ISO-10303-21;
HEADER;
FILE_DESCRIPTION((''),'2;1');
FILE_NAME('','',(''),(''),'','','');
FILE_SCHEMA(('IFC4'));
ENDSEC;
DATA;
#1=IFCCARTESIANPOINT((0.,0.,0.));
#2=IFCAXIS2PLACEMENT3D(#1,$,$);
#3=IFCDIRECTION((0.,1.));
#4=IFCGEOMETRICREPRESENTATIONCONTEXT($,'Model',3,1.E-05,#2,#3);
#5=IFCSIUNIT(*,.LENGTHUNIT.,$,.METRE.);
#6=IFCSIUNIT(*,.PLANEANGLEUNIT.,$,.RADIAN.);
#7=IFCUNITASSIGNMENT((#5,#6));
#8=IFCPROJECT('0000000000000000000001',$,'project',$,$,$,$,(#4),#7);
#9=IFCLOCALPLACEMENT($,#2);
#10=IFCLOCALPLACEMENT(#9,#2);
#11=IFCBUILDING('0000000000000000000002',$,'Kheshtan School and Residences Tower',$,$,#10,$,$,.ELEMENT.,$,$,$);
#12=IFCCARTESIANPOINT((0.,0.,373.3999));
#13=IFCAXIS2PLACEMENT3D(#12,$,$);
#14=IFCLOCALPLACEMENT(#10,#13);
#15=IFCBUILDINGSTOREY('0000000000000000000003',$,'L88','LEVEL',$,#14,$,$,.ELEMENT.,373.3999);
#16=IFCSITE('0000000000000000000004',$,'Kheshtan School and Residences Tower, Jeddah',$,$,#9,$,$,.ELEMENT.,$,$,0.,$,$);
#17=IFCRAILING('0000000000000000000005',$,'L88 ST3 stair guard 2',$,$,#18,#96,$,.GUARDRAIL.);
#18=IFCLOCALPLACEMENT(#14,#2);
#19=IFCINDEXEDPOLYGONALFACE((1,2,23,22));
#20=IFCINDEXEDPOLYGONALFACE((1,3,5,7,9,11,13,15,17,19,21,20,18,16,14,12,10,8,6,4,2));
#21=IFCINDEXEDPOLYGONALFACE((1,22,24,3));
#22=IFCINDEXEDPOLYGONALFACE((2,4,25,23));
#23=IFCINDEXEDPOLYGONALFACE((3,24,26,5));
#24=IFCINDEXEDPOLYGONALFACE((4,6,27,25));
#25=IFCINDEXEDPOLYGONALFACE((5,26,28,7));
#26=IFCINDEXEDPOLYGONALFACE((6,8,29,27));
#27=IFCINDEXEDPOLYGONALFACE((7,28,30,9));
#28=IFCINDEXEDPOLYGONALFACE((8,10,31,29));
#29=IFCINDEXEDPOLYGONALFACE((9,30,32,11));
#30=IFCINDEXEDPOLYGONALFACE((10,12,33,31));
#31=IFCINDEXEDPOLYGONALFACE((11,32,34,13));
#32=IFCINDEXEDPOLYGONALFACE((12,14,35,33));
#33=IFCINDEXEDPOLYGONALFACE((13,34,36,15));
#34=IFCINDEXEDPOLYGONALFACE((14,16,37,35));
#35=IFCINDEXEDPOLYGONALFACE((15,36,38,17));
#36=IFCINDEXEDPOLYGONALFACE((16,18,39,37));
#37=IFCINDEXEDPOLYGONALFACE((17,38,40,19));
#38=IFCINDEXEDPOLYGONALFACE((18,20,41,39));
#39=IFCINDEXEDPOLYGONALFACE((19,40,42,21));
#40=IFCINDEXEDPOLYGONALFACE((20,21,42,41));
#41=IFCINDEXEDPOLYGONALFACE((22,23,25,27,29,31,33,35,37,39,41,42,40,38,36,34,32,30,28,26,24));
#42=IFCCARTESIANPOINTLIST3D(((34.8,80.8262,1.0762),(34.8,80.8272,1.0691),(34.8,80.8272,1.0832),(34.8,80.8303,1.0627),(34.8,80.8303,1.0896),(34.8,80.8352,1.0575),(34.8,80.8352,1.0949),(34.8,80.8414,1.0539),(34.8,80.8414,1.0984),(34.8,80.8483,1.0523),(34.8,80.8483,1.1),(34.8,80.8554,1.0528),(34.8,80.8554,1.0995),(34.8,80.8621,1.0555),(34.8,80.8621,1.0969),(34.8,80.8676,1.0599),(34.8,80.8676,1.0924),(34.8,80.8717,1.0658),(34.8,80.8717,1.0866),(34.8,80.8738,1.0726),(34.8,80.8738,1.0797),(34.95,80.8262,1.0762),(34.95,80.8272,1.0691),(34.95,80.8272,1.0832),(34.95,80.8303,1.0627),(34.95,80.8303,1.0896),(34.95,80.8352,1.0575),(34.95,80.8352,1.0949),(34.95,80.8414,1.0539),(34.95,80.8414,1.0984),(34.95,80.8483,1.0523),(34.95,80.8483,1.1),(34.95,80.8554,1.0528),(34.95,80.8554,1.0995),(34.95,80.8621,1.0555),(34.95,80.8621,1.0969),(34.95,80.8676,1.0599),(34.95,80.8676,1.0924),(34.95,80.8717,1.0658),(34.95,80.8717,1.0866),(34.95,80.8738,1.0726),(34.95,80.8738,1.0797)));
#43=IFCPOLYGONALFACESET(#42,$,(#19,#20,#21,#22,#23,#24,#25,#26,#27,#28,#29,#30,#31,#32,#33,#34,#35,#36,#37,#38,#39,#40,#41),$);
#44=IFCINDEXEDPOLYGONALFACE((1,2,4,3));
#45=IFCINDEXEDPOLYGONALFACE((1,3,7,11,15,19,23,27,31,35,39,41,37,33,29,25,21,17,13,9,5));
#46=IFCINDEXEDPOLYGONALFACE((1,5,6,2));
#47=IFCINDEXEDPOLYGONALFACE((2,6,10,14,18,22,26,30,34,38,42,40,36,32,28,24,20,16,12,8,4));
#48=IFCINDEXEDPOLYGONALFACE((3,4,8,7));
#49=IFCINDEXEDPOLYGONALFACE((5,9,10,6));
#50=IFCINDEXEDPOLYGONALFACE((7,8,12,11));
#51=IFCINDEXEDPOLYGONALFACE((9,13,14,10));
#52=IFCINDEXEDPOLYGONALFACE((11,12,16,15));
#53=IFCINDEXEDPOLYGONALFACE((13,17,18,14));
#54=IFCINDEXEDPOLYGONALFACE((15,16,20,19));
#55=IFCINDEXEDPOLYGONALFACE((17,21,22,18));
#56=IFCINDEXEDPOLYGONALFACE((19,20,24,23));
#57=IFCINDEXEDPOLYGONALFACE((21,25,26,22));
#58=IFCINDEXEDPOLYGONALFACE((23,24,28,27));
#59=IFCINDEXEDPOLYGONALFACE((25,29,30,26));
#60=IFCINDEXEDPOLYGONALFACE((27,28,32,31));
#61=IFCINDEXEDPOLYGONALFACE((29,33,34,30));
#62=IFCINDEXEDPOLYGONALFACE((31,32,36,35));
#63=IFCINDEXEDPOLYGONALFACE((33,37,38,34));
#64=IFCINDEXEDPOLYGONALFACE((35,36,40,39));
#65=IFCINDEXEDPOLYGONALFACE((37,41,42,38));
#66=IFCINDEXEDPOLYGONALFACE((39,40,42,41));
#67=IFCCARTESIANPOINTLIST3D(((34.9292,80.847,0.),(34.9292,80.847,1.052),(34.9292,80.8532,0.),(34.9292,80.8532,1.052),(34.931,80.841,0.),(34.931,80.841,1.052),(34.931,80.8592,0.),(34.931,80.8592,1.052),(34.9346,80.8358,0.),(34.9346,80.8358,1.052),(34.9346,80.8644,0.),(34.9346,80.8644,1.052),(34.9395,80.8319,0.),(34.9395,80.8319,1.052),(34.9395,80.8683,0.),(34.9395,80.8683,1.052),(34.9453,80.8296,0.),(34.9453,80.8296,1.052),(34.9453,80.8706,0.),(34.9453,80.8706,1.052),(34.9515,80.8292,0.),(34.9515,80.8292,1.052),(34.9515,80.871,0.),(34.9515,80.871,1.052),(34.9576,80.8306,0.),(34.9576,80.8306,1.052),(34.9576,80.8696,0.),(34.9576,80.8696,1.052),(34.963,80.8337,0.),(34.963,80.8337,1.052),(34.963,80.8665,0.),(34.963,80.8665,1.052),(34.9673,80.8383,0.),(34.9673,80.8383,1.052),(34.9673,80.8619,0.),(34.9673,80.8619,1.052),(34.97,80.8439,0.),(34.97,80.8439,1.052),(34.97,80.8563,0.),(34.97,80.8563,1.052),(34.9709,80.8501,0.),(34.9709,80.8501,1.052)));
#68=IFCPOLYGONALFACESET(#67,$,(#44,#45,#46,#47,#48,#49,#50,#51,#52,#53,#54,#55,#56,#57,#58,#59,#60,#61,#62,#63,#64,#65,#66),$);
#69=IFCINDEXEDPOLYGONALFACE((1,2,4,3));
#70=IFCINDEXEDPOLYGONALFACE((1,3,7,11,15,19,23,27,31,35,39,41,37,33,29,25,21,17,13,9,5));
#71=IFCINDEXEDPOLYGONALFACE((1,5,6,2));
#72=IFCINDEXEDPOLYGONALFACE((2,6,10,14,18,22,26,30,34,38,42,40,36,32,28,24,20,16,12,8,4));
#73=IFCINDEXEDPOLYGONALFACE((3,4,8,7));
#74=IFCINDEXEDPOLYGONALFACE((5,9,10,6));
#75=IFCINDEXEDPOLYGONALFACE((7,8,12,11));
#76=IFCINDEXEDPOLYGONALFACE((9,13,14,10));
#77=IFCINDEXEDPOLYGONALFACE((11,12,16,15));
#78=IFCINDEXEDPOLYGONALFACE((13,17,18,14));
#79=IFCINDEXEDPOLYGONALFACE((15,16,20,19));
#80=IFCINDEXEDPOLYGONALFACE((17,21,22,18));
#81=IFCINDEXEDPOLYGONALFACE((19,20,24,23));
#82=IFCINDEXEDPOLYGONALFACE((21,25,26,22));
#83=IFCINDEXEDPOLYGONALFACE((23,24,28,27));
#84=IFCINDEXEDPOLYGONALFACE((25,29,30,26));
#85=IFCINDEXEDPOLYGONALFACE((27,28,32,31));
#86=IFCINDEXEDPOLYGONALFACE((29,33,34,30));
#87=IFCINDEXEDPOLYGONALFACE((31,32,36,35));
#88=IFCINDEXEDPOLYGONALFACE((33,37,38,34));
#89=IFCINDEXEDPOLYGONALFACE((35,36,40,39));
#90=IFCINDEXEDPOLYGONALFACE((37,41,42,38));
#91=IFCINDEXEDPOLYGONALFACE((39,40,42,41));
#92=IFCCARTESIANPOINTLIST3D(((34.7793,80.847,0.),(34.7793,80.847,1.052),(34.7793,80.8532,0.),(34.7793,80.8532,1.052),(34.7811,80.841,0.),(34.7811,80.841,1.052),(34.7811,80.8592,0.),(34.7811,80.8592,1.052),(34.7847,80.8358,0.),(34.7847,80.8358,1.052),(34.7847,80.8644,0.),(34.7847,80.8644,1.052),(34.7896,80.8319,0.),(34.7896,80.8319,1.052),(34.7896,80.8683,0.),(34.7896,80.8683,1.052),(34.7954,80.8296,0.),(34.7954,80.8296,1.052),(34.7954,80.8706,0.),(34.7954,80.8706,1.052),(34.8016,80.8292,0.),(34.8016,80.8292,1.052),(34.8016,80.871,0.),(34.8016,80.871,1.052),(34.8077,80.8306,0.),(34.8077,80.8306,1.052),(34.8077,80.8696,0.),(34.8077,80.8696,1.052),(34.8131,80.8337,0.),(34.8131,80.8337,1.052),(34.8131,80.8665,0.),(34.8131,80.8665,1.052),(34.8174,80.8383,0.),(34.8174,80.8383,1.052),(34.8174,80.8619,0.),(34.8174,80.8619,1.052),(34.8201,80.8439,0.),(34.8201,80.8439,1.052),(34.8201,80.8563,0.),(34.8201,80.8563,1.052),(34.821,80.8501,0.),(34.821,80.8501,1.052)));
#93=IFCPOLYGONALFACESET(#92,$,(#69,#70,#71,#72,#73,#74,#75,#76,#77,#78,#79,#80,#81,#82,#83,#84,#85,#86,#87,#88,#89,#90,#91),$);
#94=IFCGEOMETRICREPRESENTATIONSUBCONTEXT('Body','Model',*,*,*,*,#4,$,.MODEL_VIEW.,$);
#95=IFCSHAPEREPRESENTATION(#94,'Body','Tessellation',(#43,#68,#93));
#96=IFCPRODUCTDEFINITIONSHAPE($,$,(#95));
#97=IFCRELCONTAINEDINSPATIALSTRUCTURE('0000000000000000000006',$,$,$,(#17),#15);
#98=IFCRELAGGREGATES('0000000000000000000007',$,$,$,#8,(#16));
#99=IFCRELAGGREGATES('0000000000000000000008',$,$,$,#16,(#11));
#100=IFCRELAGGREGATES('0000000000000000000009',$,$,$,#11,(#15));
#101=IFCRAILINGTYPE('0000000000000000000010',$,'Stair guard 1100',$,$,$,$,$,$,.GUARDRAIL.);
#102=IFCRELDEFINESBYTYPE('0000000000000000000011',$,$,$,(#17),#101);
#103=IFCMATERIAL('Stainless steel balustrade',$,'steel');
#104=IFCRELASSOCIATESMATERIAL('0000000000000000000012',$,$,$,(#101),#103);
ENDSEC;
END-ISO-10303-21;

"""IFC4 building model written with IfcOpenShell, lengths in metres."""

from ifc_helpers import new_model, si_unit, direction, frame, origin, origin_2d, place, context, subcontext, project, spatial, circle, extrude, material, type_object, element, save


model = new_model("IFC4")

# Units and contexts
model_context = context("Model", 3, precision=1e-05, world=origin(), true_north=direction((0.0, 1.0)))
body_context = subcontext(model_context, "Body", "Model", "MODEL_VIEW")
ifc_project = project(units=[si_unit("LENGTHUNIT", "METRE"), si_unit("PLANEANGLEUNIT", "RADIAN")], contexts=[model_context])

# Site, building, storey
site_placement = place(None, origin())
site = spatial("IfcSite", under=ifc_project, at=site_placement, Name="Kheshtan School and Residences Tower, Jeddah", CompositionType="ELEMENT", RefElevation=0.0)
building_placement = place(site_placement, origin())
building = spatial("IfcBuilding", under=site, at=building_placement, Name="Kheshtan School and Residences Tower", CompositionType="ELEMENT")
storey_placement = place(building_placement, frame((0.0, 0.0, 373.3999)))
storey = spatial("IfcBuildingStorey", under=building, at=storey_placement, Name="L88", Description="LEVEL", CompositionType="ELEMENT", Elevation=373.3999)

# Railing
ifc_material_1 = material(Name="Stainless steel balustrade", Category="steel")
railing_type_1 = type_object("IfcRailingType", Name="Stair guard 1100", PredefinedType="GUARDRAIL", material=ifc_material_1)
railing_1_placement = place(storey_placement, frame((34.95, 80.8501, 0.0)))
element("IfcRailing", 1, at=railing_1_placement, inside=storey, type_object=railing_type_1, Name="L88 ST3 stair guard 2", PredefinedType="GUARDRAIL", context=body_context, shape_type="SweptSolid", body=[
    extrude(circle(Radius=0.0239, at=origin_2d()), frame((0.0, 0.0, 1.0762), z_axis=(-1.0, 0.0, 0.0), x_axis=(0.0, -1.0, 0.0)), (0.0, 0.0, 1.0), 0.1499),
    extrude(circle(Radius=0.021, at=origin_2d()), origin(), (0.0, 0.0, 1.0), 1.052),
    extrude(circle(Radius=0.021, at=origin_2d()), frame((-0.1499, 0.0, 0.0)), (0.0, 0.0, 1.0), 1.052),
])

save(model, "model.ifc")
